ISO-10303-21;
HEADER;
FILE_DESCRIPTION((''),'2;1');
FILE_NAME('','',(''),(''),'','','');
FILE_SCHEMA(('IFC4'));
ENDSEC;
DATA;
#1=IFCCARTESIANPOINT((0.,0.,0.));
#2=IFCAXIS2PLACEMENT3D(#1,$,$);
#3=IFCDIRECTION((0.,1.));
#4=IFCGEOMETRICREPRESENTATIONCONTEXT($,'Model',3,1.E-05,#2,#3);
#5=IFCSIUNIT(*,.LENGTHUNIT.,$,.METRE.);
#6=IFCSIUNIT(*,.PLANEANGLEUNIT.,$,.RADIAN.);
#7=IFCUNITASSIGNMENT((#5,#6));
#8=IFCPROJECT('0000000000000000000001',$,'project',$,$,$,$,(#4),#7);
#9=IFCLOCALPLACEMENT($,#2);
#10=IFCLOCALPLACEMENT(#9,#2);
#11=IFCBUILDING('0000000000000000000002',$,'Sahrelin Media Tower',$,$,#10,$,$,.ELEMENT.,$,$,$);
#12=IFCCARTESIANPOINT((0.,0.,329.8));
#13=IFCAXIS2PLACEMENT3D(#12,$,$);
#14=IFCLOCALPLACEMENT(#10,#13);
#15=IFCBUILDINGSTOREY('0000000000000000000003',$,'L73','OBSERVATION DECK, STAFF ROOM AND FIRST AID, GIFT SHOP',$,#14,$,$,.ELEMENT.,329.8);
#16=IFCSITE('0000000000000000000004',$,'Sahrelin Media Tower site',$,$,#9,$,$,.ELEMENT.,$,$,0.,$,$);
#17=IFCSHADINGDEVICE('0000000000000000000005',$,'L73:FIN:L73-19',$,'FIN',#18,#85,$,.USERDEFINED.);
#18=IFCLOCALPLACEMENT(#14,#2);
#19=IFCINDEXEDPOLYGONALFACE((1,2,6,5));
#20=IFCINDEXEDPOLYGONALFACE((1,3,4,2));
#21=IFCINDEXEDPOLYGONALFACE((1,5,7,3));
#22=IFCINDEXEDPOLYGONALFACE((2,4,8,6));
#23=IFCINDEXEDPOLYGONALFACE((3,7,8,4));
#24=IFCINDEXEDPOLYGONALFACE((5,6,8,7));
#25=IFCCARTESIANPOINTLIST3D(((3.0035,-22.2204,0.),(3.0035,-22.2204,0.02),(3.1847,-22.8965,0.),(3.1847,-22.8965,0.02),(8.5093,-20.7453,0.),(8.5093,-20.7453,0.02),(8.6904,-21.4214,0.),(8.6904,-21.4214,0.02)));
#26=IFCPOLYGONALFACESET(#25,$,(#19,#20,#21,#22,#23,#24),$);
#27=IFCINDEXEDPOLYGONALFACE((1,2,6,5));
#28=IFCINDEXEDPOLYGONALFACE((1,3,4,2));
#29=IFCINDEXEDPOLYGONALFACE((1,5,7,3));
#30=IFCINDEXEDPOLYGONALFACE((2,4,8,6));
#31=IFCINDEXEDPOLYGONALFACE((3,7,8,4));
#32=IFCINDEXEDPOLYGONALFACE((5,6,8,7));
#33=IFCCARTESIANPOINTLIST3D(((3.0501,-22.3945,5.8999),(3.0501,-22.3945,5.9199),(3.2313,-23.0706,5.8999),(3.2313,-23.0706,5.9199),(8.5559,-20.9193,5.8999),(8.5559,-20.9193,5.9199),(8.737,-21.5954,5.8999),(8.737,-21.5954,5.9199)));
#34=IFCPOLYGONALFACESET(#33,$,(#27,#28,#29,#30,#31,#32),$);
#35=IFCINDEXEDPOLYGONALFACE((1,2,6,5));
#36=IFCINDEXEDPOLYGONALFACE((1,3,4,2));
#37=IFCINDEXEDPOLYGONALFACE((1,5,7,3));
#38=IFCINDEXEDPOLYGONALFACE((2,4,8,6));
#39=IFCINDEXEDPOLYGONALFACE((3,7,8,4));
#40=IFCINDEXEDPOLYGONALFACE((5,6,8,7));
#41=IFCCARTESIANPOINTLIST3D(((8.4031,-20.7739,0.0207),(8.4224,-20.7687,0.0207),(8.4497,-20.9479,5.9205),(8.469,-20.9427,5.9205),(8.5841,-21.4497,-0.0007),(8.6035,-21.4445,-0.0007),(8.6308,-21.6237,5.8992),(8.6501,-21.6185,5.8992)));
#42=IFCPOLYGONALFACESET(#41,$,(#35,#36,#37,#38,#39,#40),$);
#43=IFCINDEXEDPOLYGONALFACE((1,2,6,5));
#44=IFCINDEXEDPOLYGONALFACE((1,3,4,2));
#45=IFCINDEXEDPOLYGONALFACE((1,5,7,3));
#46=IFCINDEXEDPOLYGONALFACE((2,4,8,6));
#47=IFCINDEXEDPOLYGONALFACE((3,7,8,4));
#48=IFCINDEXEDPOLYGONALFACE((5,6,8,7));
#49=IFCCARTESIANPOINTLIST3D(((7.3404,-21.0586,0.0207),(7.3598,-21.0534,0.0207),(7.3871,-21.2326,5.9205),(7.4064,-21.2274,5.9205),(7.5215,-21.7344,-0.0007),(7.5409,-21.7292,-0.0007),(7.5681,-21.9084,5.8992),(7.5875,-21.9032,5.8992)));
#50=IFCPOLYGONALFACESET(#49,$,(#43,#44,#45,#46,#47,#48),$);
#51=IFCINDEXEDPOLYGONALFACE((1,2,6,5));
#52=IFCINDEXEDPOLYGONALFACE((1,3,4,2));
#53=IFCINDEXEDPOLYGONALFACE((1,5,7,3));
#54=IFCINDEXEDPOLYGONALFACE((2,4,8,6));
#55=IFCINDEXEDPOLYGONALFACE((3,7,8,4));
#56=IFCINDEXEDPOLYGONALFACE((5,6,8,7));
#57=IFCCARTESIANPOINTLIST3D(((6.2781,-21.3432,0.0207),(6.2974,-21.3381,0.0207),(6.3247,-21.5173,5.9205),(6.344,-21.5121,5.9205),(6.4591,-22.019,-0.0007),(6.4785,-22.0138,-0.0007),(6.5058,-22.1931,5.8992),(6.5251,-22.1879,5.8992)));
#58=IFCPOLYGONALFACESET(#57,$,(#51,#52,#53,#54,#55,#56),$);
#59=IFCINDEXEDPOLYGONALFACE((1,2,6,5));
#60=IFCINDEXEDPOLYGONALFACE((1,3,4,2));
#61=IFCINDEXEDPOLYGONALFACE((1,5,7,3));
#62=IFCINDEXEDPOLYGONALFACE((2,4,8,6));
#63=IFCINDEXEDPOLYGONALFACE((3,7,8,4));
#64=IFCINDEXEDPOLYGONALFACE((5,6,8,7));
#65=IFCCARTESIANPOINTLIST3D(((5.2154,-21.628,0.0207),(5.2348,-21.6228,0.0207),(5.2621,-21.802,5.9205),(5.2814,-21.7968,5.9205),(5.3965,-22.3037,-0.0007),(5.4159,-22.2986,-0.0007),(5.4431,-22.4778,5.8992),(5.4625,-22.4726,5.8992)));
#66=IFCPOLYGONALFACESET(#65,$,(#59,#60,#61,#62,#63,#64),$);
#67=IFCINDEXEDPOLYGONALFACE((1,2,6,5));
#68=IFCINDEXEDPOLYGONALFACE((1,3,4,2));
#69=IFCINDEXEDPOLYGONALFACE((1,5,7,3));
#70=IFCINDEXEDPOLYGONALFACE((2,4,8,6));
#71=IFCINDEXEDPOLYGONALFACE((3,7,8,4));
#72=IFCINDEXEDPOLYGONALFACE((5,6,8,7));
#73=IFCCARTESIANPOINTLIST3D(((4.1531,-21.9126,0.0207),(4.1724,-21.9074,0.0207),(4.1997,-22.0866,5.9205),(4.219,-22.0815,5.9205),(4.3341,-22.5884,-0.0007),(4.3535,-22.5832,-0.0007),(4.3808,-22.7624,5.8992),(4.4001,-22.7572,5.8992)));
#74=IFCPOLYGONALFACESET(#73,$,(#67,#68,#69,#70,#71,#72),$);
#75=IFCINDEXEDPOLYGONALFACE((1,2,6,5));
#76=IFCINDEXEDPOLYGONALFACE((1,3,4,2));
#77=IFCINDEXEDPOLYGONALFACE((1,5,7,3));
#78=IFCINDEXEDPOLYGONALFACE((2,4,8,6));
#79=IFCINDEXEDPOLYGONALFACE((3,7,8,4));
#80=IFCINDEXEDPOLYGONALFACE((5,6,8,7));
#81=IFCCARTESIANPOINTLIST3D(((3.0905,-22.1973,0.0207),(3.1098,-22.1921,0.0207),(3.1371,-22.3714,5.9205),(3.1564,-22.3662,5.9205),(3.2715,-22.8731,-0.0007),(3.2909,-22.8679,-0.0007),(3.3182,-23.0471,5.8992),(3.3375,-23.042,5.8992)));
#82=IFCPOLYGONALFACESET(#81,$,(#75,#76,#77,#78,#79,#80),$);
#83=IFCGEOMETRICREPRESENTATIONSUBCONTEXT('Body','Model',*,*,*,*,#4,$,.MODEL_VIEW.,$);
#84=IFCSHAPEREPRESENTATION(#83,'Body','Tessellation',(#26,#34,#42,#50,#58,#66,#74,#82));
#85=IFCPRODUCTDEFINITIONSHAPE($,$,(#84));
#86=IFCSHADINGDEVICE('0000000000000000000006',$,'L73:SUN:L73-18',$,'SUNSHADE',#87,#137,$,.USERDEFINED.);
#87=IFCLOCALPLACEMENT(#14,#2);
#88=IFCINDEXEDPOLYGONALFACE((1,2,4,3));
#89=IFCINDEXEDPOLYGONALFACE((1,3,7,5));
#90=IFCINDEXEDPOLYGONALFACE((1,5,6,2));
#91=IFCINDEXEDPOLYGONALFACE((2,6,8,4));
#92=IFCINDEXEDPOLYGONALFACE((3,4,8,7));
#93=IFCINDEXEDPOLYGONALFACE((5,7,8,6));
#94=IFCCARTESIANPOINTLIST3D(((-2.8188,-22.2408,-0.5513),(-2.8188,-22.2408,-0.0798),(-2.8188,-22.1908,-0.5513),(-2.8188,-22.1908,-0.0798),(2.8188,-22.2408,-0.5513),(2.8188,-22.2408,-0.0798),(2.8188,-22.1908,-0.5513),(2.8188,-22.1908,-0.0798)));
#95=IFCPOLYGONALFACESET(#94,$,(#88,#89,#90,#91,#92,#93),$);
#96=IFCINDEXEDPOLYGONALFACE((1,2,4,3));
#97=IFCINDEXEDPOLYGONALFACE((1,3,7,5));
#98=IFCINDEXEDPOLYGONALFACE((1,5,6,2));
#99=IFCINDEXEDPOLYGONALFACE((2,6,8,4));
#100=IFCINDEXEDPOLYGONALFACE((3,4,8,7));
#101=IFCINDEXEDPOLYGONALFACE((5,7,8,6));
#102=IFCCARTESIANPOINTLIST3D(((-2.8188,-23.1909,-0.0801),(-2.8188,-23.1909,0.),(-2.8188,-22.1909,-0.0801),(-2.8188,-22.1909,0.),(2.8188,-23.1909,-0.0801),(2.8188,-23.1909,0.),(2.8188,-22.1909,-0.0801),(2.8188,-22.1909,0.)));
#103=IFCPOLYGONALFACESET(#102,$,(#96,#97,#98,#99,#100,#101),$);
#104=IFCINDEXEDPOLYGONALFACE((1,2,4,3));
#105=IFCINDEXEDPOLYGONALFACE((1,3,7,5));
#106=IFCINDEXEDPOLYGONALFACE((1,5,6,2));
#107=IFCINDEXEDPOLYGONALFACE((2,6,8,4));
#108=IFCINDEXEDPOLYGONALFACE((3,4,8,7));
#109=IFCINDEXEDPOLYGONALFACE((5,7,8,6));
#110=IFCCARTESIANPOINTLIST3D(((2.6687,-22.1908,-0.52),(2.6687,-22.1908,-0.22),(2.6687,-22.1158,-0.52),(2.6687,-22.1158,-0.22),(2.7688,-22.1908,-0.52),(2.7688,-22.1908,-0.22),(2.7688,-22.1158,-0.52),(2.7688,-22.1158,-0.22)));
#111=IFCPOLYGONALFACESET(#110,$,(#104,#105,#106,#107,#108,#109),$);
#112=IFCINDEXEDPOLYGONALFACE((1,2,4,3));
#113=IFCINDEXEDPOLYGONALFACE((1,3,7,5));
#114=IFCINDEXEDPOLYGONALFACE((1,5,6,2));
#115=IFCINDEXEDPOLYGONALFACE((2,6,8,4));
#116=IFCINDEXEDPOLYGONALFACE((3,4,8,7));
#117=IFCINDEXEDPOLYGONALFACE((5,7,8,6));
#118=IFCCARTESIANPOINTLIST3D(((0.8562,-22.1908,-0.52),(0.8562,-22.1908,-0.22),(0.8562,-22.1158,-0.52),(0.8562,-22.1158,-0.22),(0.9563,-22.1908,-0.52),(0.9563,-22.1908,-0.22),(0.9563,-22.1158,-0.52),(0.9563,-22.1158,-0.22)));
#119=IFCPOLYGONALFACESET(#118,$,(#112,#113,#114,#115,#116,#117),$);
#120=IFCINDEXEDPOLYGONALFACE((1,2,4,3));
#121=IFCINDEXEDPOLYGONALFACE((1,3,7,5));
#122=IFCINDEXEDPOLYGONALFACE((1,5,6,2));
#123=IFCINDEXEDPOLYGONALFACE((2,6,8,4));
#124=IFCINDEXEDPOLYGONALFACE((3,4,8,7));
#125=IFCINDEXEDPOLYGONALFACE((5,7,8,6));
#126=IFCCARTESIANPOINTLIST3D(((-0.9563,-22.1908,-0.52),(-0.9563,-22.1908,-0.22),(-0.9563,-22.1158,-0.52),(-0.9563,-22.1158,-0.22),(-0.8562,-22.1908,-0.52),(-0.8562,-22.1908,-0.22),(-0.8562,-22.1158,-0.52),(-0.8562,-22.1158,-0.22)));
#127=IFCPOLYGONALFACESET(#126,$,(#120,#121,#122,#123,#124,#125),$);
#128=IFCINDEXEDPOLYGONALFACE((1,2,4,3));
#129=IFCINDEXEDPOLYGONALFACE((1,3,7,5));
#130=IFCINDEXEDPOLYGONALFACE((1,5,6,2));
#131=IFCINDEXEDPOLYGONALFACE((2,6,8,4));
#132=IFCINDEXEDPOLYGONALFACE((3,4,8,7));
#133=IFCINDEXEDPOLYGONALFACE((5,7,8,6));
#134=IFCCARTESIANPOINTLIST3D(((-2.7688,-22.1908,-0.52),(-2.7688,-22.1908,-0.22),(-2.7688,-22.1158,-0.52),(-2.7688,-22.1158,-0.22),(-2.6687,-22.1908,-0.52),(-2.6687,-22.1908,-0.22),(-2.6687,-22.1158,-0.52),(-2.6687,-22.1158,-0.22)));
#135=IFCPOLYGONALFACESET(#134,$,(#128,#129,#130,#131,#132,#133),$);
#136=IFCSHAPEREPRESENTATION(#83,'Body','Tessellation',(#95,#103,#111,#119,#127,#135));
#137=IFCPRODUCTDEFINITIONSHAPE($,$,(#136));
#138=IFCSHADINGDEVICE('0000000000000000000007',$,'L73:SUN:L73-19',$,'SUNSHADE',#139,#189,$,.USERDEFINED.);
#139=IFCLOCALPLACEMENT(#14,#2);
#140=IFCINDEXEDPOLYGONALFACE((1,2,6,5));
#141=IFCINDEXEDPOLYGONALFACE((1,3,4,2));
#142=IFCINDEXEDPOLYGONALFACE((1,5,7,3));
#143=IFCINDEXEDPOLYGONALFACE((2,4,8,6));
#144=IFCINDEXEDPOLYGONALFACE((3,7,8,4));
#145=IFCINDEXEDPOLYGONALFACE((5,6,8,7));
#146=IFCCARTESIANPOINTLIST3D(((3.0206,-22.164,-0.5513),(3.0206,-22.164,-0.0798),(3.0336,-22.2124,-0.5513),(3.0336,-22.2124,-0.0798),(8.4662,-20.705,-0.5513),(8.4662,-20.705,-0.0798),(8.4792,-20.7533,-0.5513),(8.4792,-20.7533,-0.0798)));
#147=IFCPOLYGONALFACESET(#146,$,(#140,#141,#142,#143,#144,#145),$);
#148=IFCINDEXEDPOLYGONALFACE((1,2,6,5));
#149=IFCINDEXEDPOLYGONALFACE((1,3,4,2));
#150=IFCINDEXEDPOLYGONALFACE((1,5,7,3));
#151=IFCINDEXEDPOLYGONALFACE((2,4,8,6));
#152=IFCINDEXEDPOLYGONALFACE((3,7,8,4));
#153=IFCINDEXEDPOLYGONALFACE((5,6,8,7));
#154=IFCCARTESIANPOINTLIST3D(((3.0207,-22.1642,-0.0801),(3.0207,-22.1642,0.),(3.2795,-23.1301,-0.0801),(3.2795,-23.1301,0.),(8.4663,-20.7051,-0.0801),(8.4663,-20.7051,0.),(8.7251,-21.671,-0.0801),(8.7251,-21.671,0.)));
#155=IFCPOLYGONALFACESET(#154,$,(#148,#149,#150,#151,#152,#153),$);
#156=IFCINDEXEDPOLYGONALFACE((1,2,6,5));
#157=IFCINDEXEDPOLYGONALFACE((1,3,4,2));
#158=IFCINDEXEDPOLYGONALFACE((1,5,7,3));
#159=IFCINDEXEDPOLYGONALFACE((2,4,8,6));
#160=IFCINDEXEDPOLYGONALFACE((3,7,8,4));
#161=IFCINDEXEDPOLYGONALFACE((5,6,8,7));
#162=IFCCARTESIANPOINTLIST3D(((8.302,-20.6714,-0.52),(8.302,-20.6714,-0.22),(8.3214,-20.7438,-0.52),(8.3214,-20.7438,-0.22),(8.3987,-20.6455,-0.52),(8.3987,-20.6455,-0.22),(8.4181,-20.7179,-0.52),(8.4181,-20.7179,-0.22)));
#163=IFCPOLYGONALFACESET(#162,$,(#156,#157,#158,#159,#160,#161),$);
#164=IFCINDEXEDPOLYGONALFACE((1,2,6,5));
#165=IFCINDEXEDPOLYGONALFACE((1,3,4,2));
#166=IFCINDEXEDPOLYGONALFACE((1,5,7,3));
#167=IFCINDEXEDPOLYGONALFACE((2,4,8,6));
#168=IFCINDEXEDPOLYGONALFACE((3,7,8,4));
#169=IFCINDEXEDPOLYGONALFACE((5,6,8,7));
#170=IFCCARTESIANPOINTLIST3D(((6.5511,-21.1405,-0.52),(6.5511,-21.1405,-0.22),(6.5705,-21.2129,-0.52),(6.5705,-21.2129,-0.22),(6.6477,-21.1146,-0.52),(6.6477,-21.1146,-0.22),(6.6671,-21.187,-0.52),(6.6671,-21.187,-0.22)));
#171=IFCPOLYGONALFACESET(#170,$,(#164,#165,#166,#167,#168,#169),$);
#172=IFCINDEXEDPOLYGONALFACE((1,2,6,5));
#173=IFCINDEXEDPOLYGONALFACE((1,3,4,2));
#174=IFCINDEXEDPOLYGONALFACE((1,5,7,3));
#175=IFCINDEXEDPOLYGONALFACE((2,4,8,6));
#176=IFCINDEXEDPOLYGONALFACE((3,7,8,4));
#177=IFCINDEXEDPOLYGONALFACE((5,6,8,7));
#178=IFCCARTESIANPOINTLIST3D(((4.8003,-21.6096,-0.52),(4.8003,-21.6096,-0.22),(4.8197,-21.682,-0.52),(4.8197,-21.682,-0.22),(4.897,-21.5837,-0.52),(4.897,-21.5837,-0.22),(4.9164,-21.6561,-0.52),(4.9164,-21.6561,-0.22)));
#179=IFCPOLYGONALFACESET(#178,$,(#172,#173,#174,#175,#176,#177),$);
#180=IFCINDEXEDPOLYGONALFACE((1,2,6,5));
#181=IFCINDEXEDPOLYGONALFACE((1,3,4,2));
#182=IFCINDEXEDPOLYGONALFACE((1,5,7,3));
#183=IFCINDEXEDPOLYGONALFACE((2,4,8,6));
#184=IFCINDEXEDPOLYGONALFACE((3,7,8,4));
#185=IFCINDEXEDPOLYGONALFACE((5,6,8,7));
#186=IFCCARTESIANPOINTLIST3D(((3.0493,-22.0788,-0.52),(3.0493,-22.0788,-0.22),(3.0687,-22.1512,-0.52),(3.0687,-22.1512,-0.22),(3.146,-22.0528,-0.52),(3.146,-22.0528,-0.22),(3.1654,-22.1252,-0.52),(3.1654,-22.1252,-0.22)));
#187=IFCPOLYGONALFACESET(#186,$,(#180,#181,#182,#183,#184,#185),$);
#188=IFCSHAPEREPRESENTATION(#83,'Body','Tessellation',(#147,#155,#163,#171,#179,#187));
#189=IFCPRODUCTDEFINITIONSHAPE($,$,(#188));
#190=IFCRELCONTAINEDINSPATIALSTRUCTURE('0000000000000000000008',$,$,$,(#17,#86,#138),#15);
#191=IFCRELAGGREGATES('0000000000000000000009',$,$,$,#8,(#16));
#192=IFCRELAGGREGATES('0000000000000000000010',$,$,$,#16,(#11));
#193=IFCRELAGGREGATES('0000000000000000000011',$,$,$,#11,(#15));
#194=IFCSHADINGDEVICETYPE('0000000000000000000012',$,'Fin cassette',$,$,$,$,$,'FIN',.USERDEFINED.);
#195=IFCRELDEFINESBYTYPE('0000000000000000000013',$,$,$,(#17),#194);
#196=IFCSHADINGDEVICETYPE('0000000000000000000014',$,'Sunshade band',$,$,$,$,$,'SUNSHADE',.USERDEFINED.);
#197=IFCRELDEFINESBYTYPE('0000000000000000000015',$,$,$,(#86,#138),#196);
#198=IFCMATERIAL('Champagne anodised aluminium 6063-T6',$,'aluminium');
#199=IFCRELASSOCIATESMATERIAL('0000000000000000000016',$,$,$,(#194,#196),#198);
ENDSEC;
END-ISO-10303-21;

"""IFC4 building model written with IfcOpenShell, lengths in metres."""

from ifc_helpers import new_model, si_unit, direction, frame, origin, origin_2d, place, context, subcontext, project, spatial, rectangle, extrude, material, type_object, element, save


model = new_model("IFC4")

# Units and contexts
model_context = context("Model", 3, precision=1e-05, world=origin(), true_north=direction((0.0, 1.0)))
body_context = subcontext(model_context, "Body", "Model", "MODEL_VIEW")
ifc_project = project(units=[si_unit("LENGTHUNIT", "METRE"), si_unit("PLANEANGLEUNIT", "RADIAN")], contexts=[model_context])

# Site, building, storey
site_placement = place(None, origin())
site = spatial("IfcSite", under=ifc_project, at=site_placement, Name="Sahrelin Media Tower site", CompositionType="ELEMENT", RefElevation=0.0)
building_placement = place(site_placement, origin())
building = spatial("IfcBuilding", under=site, at=building_placement, Name="Sahrelin Media Tower", CompositionType="ELEMENT")
storey_placement = place(building_placement, frame((0.0, 0.0, 329.8)))
storey = spatial("IfcBuildingStorey", under=building, at=storey_placement, Name="L73", Description="OBSERVATION DECK, STAFF ROOM AND FIRST AID, GIFT SHOP", CompositionType="ELEMENT", Elevation=329.8)

# Shared definitions
ifc_material_1 = material(Name="Champagne anodised aluminium 6063-T6", Category="aluminium")

# Shading devices
shading_device_type_1 = type_object("IfcShadingDeviceType", Name="Fin cassette", ElementType="FIN", PredefinedType="USERDEFINED", material=ifc_material_1)
placement_1 = place(storey_placement, frame((0.0, -22.1709, 0.0), z_axis=(0.0, 0.0, 1.0), x_axis=(-1.0, 0.0, 0.0)))
placement_2 = place(storey_placement, frame((5.7383, -21.4153, 0.0), z_axis=(0.0, 0.0, 1.0), x_axis=(-0.965929, -0.258808, 0.0)))
element("IfcShadingDevice", 1, at=placement_2, inside=storey, type_object=shading_device_type_1, Name="L73:FIN:L73-19", ObjectType="FIN", PredefinedType="USERDEFINED", context=body_context, shape_type="SweptSolid", body=[
    extrude(rectangle(XDim=5.7, YDim=0.7, at=origin_2d()), frame((0.0, 0.4199, 0.0)), (0.0, 0.0, 1.0), 0.02),
    extrude(rectangle(XDim=5.7, YDim=0.7, at=origin_2d()), frame((0.0, 0.6001, 5.8999)), (0.0, 0.0, 1.0), 0.02),
    extrude(rectangle(XDim=0.02, YDim=0.7, at=origin_2d()), frame((-2.75, 0.4199, 0.01), z_axis=(0.0, 0.030525, 0.999534), x_axis=(-1.0, 0.0, 0.0)), (0.0, 0.0, 1.0), 5.9026),
    extrude(rectangle(XDim=0.02, YDim=0.7, at=origin_2d()), frame((-1.6499, 0.4199, 0.01), z_axis=(0.0, 0.030525, 0.999534), x_axis=(-1.0, 0.0, 0.0)), (0.0, 0.0, 1.0), 5.9026),
    extrude(rectangle(XDim=0.02, YDim=0.7, at=origin_2d()), frame((-0.55, 0.4199, 0.01), z_axis=(0.0, 0.030525, 0.999534), x_axis=(-1.0, 0.0, 0.0)), (0.0, 0.0, 1.0), 5.9026),
    extrude(rectangle(XDim=0.02, YDim=0.7, at=origin_2d()), frame((0.55, 0.4199, 0.01), z_axis=(0.0, 0.030525, 0.999534), x_axis=(-1.0, 0.0, 0.0)), (0.0, 0.0, 1.0), 5.9026),
    extrude(rectangle(XDim=0.02, YDim=0.7, at=origin_2d()), frame((1.6499, 0.4199, 0.01), z_axis=(0.0, 0.030525, 0.999534), x_axis=(-1.0, 0.0, 0.0)), (0.0, 0.0, 1.0), 5.9026),
    extrude(rectangle(XDim=0.02, YDim=0.7, at=origin_2d()), frame((2.75, 0.4199, 0.01), z_axis=(0.0, 0.030525, 0.999534), x_axis=(-1.0, 0.0, 0.0)), (0.0, 0.0, 1.0), 5.9026),
])
shading_device_type_2 = type_object("IfcShadingDeviceType", Name="Sunshade band", ElementType="SUNSHADE", PredefinedType="USERDEFINED", material=ifc_material_1)
element("IfcShadingDevice", 2, at=placement_1, inside=storey, type_object=shading_device_type_2, Name="L73:SUN:L73-18", ObjectType="SUNSHADE", PredefinedType="USERDEFINED", context=body_context, shape_type="SweptSolid", body=[
    extrude(rectangle(XDim=5.6377, YDim=0.05, at=origin_2d()), frame((0.0, 0.0449, -0.5513)), (0.0, 0.0, 1.0), 0.4714),
    extrude(rectangle(XDim=5.6377, YDim=1.0, at=origin_2d()), frame((0.0, 0.52, -0.0801)), (0.0, 0.0, 1.0), 0.0801),
    extrude(rectangle(XDim=0.1001, YDim=0.075, at=origin_2d()), frame((-2.7188, -0.0176, -0.52)), (0.0, 0.0, 1.0), 0.3),
    extrude(rectangle(XDim=0.1001, YDim=0.075, at=origin_2d()), frame((-0.9062, -0.0176, -0.52)), (0.0, 0.0, 1.0), 0.3),
    extrude(rectangle(XDim=0.1001, YDim=0.075, at=origin_2d()), frame((0.9062, -0.0176, -0.52)), (0.0, 0.0, 1.0), 0.3),
    extrude(rectangle(XDim=0.1001, YDim=0.075, at=origin_2d()), frame((2.7188, -0.0176, -0.52)), (0.0, 0.0, 1.0), 0.3),
])
element("IfcShadingDevice", 3, at=placement_2, inside=storey, type_object=shading_device_type_2, Name="L73:SUN:L73-19", ObjectType="SUNSHADE", PredefinedType="USERDEFINED", context=body_context, shape_type="SweptSolid", body=[
    extrude(rectangle(XDim=5.6377, YDim=0.05, at=origin_2d()), frame((0.0, 0.0449, -0.5513)), (0.0, 0.0, 1.0), 0.4714),
    extrude(rectangle(XDim=5.6377, YDim=1.0, at=origin_2d()), frame((0.0, 0.52, -0.0801)), (0.0, 0.0, 1.0), 0.0801),
    extrude(rectangle(XDim=0.1001, YDim=0.075, at=origin_2d()), frame((-2.719, -0.0176, -0.52)), (0.0, 0.0, 1.0), 0.3),
    extrude(rectangle(XDim=0.1001, YDim=0.075, at=origin_2d()), frame((-0.9062, -0.0176, -0.52)), (0.0, 0.0, 1.0), 0.3),
    extrude(rectangle(XDim=0.1001, YDim=0.075, at=origin_2d()), frame((0.9062, -0.0176, -0.52)), (0.0, 0.0, 1.0), 0.3),
    extrude(rectangle(XDim=0.1001, YDim=0.075, at=origin_2d()), frame((2.719, -0.0176, -0.52)), (0.0, 0.0, 1.0), 0.3),
])

save(model, "model.ifc")
